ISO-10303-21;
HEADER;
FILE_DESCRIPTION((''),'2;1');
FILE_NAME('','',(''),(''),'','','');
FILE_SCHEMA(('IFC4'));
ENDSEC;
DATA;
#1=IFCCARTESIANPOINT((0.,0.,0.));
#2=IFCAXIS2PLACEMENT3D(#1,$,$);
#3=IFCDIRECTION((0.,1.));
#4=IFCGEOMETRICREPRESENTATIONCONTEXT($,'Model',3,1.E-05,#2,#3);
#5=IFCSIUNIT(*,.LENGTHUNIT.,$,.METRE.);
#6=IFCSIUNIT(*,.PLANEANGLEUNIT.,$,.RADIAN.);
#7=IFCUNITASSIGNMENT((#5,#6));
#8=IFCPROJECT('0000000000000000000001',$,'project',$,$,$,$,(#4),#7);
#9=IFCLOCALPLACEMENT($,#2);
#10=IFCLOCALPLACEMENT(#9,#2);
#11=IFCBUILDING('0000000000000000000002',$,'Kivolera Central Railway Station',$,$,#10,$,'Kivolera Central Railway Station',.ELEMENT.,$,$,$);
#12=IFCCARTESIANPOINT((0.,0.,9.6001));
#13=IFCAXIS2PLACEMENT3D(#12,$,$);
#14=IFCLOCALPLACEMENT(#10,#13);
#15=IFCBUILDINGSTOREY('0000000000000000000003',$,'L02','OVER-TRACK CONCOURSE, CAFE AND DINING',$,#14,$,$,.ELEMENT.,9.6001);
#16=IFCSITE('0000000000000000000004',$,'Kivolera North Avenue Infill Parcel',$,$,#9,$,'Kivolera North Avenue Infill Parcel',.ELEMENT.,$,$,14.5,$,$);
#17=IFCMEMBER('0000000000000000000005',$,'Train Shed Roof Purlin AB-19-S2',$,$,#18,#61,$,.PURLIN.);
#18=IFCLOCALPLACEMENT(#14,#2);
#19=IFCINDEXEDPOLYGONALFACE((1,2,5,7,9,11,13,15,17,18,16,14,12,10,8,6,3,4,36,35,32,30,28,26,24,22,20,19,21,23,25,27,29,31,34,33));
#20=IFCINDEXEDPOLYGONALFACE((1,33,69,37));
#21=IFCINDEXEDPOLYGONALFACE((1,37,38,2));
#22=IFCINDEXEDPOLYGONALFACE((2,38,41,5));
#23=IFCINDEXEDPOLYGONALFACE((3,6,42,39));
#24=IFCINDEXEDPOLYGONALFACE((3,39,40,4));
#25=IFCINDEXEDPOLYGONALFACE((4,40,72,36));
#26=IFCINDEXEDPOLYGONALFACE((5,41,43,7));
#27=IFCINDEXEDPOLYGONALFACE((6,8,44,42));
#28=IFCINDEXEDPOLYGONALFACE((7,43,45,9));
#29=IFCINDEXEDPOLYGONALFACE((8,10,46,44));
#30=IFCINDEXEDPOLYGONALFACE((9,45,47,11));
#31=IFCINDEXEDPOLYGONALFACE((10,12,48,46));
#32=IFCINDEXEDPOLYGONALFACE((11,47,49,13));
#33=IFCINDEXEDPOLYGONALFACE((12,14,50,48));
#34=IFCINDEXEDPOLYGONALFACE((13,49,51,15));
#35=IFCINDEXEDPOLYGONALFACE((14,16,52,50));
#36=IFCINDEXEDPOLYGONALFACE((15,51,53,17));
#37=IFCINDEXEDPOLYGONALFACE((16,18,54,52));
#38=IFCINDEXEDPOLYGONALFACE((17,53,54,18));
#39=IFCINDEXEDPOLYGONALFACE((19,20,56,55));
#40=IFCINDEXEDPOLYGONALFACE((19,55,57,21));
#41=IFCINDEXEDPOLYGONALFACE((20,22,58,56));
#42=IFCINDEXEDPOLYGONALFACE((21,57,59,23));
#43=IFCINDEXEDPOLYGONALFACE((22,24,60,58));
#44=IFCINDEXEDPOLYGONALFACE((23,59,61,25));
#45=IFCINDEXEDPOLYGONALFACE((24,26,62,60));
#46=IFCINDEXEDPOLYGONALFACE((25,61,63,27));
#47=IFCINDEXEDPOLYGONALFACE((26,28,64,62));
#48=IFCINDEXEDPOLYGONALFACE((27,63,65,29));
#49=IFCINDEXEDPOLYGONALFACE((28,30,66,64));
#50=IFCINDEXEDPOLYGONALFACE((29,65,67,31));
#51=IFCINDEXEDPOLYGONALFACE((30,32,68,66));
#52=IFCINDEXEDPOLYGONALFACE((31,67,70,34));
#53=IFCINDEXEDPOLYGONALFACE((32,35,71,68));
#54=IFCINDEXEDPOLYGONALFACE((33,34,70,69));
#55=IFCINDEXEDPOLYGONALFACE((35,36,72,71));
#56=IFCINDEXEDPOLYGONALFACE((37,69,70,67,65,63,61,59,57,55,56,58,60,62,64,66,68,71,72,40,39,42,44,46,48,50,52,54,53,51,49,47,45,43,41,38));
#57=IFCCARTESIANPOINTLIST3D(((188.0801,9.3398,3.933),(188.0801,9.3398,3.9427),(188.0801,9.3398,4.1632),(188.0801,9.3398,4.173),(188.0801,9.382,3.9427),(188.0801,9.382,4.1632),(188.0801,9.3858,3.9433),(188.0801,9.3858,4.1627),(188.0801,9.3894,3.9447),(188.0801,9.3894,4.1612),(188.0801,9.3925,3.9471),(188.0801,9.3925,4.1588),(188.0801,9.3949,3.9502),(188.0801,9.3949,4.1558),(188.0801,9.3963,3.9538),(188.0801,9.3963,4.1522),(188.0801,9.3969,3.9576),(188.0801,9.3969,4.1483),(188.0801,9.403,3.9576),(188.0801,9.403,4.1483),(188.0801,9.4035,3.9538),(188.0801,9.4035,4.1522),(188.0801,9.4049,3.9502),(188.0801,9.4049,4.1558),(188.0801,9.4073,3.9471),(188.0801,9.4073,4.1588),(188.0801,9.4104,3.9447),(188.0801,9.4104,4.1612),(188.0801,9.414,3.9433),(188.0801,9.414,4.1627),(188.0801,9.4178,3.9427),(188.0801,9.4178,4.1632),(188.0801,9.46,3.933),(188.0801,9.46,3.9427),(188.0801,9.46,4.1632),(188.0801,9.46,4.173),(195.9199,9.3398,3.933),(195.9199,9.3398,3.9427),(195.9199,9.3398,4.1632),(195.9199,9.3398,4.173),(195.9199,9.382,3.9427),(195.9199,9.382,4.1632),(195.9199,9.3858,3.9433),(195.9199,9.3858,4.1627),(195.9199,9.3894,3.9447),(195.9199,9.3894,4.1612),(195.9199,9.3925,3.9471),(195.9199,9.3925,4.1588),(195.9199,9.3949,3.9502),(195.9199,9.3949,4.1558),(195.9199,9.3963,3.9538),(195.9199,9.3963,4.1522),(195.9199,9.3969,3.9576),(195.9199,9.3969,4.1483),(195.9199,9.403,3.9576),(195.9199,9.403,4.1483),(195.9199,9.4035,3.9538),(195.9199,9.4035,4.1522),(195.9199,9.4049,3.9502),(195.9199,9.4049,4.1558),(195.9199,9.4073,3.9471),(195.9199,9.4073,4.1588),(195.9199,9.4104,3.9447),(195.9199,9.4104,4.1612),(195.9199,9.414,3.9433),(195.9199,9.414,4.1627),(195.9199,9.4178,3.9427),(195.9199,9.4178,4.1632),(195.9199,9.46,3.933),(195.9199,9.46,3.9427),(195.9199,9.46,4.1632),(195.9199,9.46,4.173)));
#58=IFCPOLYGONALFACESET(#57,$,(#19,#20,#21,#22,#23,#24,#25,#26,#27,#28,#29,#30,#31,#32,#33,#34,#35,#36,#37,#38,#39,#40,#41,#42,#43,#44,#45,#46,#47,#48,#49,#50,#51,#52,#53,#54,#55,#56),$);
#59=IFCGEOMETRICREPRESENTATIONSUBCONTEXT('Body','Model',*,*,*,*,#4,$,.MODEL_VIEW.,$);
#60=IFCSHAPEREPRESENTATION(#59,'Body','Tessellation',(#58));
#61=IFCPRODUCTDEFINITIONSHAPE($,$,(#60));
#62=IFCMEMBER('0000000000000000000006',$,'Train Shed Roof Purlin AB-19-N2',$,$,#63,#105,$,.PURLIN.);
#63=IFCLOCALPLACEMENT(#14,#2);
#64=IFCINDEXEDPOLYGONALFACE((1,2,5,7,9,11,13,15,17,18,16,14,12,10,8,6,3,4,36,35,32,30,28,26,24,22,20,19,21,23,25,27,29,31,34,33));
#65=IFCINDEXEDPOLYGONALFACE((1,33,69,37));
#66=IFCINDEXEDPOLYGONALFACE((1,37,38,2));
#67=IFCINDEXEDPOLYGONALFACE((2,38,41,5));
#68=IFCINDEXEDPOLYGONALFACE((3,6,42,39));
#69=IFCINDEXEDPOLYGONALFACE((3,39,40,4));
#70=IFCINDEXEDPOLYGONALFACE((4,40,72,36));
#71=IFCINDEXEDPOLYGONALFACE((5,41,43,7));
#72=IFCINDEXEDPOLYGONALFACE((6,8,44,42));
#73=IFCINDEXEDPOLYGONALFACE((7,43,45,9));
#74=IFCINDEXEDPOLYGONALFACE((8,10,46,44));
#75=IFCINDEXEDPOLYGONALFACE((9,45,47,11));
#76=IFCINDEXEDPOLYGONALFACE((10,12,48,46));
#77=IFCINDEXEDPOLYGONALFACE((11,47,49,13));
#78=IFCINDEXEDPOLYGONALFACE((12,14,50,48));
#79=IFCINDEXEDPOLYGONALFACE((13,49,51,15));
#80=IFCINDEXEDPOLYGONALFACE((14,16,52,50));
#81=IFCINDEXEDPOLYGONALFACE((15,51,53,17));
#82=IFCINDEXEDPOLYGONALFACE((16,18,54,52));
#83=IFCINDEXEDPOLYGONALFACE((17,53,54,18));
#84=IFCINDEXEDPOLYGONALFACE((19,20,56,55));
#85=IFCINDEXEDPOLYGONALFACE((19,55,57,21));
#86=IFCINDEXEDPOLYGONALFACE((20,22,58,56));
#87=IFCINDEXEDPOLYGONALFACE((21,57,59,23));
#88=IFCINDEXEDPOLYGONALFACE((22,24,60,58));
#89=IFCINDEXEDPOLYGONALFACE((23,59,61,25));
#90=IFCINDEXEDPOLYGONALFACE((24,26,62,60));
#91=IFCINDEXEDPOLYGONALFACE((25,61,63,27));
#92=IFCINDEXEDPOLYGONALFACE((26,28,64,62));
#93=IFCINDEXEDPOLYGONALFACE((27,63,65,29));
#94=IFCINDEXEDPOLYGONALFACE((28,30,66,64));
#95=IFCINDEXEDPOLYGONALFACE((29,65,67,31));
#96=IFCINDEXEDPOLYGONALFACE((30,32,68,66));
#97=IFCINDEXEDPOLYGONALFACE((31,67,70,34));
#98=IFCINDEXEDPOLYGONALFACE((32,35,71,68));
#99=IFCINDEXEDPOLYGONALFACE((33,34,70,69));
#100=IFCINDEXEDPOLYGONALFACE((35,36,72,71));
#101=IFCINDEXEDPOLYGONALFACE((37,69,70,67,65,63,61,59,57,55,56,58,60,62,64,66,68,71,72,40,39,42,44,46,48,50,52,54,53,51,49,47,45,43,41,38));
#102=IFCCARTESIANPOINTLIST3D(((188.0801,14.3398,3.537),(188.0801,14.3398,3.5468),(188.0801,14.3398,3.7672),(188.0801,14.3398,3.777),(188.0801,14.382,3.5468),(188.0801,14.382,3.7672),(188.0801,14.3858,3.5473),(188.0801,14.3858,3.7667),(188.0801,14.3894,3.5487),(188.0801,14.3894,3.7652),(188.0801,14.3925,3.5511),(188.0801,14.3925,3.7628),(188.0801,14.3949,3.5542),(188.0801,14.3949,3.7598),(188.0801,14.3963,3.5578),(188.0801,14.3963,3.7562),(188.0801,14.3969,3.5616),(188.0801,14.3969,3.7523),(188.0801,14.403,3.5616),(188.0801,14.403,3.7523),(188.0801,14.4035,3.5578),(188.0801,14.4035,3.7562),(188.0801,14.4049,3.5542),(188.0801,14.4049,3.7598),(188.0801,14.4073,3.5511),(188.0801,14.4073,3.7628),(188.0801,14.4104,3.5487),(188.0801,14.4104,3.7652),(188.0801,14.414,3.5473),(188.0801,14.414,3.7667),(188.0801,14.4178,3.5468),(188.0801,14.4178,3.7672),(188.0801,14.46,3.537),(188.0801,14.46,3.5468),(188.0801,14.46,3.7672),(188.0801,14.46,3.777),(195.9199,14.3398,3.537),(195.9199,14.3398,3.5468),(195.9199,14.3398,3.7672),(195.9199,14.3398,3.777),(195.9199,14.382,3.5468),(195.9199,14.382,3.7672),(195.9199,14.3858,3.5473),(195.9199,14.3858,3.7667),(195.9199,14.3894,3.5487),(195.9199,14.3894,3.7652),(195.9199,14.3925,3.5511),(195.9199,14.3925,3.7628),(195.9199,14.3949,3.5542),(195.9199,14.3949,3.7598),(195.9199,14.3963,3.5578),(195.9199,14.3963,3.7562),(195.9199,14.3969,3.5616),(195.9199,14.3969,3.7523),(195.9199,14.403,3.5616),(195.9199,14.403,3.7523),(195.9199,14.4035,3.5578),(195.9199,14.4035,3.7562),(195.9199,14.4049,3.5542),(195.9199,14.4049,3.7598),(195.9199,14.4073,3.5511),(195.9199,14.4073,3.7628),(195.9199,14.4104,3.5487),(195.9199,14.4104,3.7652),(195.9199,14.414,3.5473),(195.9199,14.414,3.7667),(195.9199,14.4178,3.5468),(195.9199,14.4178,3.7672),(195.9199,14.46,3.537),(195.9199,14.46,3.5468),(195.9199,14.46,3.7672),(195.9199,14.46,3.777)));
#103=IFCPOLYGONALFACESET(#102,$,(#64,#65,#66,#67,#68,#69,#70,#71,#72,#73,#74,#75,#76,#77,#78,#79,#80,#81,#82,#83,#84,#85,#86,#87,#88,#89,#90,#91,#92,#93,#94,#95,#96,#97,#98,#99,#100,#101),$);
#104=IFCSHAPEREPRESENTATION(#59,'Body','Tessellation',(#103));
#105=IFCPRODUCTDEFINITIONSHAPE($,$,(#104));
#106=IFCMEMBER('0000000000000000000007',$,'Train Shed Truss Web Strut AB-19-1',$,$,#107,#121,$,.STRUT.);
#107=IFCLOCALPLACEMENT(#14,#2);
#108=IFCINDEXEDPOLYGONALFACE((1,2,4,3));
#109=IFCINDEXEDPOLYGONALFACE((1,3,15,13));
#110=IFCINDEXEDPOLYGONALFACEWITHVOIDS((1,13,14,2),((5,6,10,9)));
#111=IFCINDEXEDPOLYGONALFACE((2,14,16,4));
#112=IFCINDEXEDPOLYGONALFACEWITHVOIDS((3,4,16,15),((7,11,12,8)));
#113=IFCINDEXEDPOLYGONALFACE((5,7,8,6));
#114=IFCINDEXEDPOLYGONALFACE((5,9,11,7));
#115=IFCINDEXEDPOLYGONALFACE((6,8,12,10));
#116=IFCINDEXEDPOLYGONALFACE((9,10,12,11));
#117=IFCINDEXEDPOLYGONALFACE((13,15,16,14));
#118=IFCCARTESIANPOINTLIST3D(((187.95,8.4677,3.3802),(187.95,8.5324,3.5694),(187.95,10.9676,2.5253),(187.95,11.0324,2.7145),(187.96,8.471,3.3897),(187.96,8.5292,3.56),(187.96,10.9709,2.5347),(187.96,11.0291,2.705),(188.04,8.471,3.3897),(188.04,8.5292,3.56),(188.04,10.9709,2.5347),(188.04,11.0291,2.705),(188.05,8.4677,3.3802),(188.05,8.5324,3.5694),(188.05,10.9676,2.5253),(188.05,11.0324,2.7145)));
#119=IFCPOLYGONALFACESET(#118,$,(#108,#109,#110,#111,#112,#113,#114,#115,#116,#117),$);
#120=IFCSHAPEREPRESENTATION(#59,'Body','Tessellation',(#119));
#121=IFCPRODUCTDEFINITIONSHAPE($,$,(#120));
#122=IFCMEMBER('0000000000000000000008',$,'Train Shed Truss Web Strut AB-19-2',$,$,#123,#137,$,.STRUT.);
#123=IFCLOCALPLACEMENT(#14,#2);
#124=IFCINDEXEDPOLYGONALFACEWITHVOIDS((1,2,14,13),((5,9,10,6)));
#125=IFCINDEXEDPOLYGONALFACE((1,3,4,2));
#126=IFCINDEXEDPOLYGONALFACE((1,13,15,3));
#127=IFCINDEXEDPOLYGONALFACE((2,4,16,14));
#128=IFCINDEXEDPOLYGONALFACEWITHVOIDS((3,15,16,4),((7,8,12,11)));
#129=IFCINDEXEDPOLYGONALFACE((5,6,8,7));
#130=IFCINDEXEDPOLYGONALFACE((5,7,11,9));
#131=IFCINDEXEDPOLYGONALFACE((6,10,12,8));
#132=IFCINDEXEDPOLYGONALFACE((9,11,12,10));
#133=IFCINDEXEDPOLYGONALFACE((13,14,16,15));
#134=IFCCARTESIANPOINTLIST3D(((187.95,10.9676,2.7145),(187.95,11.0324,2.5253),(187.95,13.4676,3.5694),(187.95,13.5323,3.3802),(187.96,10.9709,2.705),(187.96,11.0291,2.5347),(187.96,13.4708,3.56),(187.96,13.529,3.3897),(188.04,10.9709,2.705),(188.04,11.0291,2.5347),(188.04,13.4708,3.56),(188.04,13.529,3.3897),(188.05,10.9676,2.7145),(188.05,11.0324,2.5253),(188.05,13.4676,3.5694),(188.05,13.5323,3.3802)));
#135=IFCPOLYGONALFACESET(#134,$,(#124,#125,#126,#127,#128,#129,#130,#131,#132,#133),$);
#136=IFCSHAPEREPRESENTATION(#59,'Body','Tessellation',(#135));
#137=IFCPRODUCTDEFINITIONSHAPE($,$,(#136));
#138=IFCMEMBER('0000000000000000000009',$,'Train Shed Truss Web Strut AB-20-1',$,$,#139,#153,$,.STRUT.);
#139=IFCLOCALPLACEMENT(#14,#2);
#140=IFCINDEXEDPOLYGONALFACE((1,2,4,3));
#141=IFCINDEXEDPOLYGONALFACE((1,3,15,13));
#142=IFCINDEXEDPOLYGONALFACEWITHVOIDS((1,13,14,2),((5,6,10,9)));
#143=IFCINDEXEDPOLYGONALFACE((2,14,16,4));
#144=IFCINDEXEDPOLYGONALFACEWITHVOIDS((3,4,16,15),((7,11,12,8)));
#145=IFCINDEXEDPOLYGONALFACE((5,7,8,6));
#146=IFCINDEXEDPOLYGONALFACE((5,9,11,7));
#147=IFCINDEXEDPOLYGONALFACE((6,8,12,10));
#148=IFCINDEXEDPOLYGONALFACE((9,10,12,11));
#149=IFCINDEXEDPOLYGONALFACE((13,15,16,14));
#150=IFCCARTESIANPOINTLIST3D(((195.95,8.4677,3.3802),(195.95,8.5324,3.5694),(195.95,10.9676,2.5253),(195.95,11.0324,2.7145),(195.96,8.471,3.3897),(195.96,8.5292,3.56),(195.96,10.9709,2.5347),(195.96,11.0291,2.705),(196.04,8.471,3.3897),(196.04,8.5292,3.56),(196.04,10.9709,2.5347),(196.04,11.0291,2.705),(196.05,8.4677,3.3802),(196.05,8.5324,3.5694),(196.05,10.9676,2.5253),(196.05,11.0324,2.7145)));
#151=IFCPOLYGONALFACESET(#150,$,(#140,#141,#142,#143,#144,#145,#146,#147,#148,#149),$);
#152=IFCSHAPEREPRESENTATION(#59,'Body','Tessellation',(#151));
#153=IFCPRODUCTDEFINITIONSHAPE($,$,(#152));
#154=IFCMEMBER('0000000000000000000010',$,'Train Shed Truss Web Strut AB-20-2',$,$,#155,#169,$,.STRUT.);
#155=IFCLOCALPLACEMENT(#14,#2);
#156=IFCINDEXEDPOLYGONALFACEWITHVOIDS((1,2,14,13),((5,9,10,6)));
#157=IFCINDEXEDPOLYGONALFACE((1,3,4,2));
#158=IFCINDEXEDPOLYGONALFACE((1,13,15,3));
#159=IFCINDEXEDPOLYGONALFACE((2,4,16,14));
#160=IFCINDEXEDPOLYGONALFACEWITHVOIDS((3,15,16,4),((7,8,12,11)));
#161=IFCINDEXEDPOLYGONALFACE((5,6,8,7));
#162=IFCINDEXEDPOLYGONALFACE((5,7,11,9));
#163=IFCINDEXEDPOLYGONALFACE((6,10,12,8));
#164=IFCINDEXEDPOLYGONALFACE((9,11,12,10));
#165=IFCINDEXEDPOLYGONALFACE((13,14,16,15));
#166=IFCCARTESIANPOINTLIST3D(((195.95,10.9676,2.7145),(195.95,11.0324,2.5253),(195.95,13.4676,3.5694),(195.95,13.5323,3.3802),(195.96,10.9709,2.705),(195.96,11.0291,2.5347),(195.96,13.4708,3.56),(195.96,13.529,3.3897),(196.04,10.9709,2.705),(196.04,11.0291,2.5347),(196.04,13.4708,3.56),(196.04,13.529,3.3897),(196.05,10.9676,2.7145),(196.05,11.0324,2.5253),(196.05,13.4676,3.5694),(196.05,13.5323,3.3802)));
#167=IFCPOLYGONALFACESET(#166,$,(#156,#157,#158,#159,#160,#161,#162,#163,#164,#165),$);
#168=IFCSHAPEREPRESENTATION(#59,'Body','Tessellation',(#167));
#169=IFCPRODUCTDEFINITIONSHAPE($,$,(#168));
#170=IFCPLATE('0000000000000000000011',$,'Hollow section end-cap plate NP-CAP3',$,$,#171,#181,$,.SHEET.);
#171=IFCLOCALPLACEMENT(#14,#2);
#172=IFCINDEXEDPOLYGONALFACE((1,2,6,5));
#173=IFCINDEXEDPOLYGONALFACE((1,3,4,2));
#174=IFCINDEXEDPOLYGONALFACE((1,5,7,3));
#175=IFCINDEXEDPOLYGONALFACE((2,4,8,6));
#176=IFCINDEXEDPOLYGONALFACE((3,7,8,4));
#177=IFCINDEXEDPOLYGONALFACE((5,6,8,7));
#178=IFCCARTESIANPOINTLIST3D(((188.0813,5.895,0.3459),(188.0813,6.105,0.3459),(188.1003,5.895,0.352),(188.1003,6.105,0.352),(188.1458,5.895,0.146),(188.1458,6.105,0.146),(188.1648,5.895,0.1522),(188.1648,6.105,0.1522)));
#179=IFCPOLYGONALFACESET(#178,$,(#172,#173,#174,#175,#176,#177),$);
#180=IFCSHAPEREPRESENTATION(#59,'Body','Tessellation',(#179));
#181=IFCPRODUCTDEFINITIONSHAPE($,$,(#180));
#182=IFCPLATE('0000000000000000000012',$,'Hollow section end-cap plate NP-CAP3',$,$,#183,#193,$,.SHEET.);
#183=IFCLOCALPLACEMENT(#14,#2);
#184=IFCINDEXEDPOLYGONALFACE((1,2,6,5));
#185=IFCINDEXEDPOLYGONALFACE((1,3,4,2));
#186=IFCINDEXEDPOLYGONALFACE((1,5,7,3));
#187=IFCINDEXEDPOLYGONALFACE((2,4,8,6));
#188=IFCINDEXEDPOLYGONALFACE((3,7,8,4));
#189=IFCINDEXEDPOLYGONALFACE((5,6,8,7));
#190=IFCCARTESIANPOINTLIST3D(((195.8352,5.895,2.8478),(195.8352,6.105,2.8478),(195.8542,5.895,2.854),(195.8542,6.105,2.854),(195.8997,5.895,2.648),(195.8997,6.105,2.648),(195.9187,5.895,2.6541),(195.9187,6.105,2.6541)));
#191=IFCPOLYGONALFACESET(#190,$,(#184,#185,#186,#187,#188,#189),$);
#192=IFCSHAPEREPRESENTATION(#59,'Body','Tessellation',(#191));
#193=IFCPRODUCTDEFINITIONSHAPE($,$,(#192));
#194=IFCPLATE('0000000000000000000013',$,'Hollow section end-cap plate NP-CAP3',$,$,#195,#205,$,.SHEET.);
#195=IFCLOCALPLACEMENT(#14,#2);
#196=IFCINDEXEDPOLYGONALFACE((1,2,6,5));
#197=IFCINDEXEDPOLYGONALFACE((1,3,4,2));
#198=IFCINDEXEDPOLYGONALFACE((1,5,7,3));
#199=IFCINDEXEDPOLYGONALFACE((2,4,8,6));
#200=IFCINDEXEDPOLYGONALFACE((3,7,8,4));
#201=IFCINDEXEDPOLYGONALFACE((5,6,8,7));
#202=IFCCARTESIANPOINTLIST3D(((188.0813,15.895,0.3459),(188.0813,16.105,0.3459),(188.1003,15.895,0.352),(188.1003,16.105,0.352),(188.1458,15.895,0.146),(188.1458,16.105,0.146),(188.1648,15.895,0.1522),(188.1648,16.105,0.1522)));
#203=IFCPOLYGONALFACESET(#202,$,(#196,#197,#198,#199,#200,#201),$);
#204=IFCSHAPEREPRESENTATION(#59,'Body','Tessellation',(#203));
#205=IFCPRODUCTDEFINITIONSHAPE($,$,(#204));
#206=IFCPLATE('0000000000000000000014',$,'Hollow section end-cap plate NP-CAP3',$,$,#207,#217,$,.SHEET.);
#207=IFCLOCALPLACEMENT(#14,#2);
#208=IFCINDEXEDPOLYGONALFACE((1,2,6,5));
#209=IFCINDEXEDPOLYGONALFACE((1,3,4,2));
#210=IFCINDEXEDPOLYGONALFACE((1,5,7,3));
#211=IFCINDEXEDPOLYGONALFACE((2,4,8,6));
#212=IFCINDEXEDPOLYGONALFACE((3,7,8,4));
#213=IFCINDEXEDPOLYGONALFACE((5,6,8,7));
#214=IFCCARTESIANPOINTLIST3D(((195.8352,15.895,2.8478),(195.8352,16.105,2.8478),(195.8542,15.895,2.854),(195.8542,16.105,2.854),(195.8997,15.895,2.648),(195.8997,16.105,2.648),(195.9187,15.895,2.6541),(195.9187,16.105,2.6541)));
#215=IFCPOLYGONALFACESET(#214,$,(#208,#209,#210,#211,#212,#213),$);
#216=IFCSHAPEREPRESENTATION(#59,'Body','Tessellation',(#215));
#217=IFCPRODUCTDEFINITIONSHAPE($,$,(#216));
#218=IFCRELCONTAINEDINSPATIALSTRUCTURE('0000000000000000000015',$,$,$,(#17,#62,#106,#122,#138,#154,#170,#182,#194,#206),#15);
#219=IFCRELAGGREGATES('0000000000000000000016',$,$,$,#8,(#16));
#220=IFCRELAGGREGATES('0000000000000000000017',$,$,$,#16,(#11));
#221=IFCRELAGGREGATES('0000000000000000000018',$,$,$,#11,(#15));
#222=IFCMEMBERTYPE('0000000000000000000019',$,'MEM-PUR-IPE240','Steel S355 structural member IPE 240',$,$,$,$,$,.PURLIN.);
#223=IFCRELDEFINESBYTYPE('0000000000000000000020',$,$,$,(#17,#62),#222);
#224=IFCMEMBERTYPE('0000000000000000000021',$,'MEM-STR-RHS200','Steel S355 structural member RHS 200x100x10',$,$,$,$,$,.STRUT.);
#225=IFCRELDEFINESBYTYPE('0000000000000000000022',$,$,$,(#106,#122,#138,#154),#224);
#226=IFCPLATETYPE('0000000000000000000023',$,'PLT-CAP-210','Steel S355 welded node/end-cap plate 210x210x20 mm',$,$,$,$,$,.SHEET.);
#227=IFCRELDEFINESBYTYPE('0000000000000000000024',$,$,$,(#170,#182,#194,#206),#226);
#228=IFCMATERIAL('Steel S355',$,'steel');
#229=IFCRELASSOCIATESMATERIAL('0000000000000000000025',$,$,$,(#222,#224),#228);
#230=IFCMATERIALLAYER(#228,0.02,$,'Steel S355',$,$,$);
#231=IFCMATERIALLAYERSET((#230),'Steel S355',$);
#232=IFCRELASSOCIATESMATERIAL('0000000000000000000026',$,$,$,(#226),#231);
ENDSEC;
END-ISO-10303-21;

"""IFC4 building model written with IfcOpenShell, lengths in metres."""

from ifc_helpers import new_model, si_unit, direction, frame, origin, origin_2d, place, context, subcontext, project, spatial, rectangle, hollow_rectangle, i_section, extrude, material, layer, layer_set, material_profile, profile_set, type_object, element, save


model = new_model("IFC4")

# Units and contexts
model_context = context("Model", 3, precision=1e-05, world=origin(), true_north=direction((0.0, 1.0)))
body_context = subcontext(model_context, "Body", "Model", "MODEL_VIEW")
ifc_project = project(units=[si_unit("LENGTHUNIT", "METRE"), si_unit("PLANEANGLEUNIT", "RADIAN")], contexts=[model_context])

# Site, building, storey
site_placement = place(None, origin())
site = spatial("IfcSite", under=ifc_project, at=site_placement, Name="Kivolera North Avenue Infill Parcel", LongName="Kivolera North Avenue Infill Parcel", CompositionType="ELEMENT", RefElevation=14.5)
building_placement = place(site_placement, origin())
building = spatial("IfcBuilding", under=site, at=building_placement, Name="Kivolera Central Railway Station", LongName="Kivolera Central Railway Station", CompositionType="ELEMENT")
storey_placement = place(building_placement, frame((0.0, 0.0, 9.6001)))
storey = spatial("IfcBuildingStorey", under=building, at=storey_placement, Name="L02", Description="OVER-TRACK CONCOURSE, CAFE AND DINING", CompositionType="ELEMENT", Elevation=9.6001)

# Shared definitions
ifc_material_1 = material(Name="Steel S355", Category="steel")

# Members
ifc_material_profile_1 = material_profile(ifc_material_1, i_section(OverallWidth=0.1201, OverallDepth=0.24, WebThickness=0.0061, FlangeThickness=0.0098, FilletRadius=0.0149, at=origin_2d()), Name="IPE 240")
ifc_profile_set_1 = profile_set([ifc_material_profile_1], Name="Steel S355")
member_type_1 = type_object("IfcMemberType", Name="MEM-PUR-IPE240", Description="Steel S355 structural member IPE 240", PredefinedType="PURLIN", material=ifc_profile_set_1)
for number, where, z_axis, x_axis, name in (
    (1, (188.0801, 9.3999, 4.053), (1.0, 0.0, 0.0), (0.0, 1.0, 0.0), "Train Shed Roof Purlin AB-19-S2"),
    (2, (188.0801, 14.3999, 3.657), (1.0, 0.0, 0.0), (0.0, 1.0, 0.0), "Train Shed Roof Purlin AB-19-N2"),
):
    element("IfcMember", number, at=place(storey_placement, frame(where, z_axis=z_axis, x_axis=x_axis)), inside=storey, type_object=member_type_1, Name=name, PredefinedType="PURLIN", context=body_context, shape_type="SweptSolid", body=[
        extrude(i_section(OverallWidth=0.1201, OverallDepth=0.24, WebThickness=0.0061, FlangeThickness=0.0098, FilletRadius=0.0149, at=origin_2d()), origin(), (0.0, 0.0, 1.0), 7.8398),
    ])
ifc_material_profile_2 = material_profile(ifc_material_1, hollow_rectangle(XDim=0.1001, YDim=0.2, WallThickness=0.01, at=origin_2d()), Name="RHS 200x100x10")
ifc_profile_set_2 = profile_set([ifc_material_profile_2], Name="Steel S355")
member_type_2 = type_object("IfcMemberType", Name="MEM-STR-RHS200", Description="Steel S355 structural member RHS 200x100x10", PredefinedType="STRUT", material=ifc_profile_set_2)
for number, where, z_axis, x_axis, name in (
    (3, (188.0, 11.0, 2.6199), (0.0, -0.946197, 0.323592), (1.0, 0.0, 0.0), "Train Shed Truss Web Strut AB-19-1"),
    (4, (188.0, 11.0, 2.6199), (0.0, 0.946197, 0.323592), (-1.0, 0.0, 0.0), "Train Shed Truss Web Strut AB-19-2"),
    (5, (196.0, 11.0, 2.6199), (0.0, -0.946197, 0.323592), (1.0, 0.0, 0.0), "Train Shed Truss Web Strut AB-20-1"),
    (6, (196.0, 11.0, 2.6199), (0.0, 0.946197, 0.323592), (-1.0, 0.0, 0.0), "Train Shed Truss Web Strut AB-20-2"),
):
    element("IfcMember", number, at=place(storey_placement, frame(where, z_axis=z_axis, x_axis=x_axis)), inside=storey, type_object=member_type_2, Name=name, PredefinedType="STRUT", context=body_context, shape_type="SweptSolid", body=[
        extrude(hollow_rectangle(XDim=0.1001, YDim=0.2, WallThickness=0.01, at=origin_2d()), origin(), (0.0, 0.0, 1.0), 2.6421),
    ])

# Plates
ifc_layer_1 = layer(ifc_material_1, 0.02, Name="Steel S355")
ifc_layer_set_1 = layer_set([ifc_layer_1], Name="Steel S355")
plate_type_1 = type_object("IfcPlateType", Name="PLT-CAP-210", Description="Steel S355 welded node/end-cap plate 210x210x20 mm", PredefinedType="SHEET", material=ifc_layer_set_1)
for number, where, z_axis, x_axis, name in (
    (7, (188.123, 6.0, 0.249), (0.951662, 0.0, 0.307146), (0.0, 1.0, 0.0), "Hollow section end-cap plate NP-CAP3"),
    (8, (195.877, 6.0, 2.751), (0.951662, 0.0, 0.307146), (0.0, 1.0, 0.0), "Hollow section end-cap plate NP-CAP3"),
    (9, (188.123, 16.0, 0.249), (0.951662, 0.0, 0.307146), (0.0, 1.0, 0.0), "Hollow section end-cap plate NP-CAP3"),
    (10, (195.877, 16.0, 2.751), (0.951662, 0.0, 0.307146), (0.0, 1.0, 0.0), "Hollow section end-cap plate NP-CAP3"),
):
    element("IfcPlate", number, at=place(storey_placement, frame(where, z_axis=z_axis, x_axis=x_axis)), inside=storey, type_object=plate_type_1, Name=name, PredefinedType="SHEET", context=body_context, shape_type="SweptSolid", body=[
        extrude(rectangle(XDim=0.21, YDim=0.21, at=origin_2d()), frame((0.0, 0.0, -0.01)), (0.0, 0.0, 1.0), 0.02),
    ])

save(model, "model.ifc")
